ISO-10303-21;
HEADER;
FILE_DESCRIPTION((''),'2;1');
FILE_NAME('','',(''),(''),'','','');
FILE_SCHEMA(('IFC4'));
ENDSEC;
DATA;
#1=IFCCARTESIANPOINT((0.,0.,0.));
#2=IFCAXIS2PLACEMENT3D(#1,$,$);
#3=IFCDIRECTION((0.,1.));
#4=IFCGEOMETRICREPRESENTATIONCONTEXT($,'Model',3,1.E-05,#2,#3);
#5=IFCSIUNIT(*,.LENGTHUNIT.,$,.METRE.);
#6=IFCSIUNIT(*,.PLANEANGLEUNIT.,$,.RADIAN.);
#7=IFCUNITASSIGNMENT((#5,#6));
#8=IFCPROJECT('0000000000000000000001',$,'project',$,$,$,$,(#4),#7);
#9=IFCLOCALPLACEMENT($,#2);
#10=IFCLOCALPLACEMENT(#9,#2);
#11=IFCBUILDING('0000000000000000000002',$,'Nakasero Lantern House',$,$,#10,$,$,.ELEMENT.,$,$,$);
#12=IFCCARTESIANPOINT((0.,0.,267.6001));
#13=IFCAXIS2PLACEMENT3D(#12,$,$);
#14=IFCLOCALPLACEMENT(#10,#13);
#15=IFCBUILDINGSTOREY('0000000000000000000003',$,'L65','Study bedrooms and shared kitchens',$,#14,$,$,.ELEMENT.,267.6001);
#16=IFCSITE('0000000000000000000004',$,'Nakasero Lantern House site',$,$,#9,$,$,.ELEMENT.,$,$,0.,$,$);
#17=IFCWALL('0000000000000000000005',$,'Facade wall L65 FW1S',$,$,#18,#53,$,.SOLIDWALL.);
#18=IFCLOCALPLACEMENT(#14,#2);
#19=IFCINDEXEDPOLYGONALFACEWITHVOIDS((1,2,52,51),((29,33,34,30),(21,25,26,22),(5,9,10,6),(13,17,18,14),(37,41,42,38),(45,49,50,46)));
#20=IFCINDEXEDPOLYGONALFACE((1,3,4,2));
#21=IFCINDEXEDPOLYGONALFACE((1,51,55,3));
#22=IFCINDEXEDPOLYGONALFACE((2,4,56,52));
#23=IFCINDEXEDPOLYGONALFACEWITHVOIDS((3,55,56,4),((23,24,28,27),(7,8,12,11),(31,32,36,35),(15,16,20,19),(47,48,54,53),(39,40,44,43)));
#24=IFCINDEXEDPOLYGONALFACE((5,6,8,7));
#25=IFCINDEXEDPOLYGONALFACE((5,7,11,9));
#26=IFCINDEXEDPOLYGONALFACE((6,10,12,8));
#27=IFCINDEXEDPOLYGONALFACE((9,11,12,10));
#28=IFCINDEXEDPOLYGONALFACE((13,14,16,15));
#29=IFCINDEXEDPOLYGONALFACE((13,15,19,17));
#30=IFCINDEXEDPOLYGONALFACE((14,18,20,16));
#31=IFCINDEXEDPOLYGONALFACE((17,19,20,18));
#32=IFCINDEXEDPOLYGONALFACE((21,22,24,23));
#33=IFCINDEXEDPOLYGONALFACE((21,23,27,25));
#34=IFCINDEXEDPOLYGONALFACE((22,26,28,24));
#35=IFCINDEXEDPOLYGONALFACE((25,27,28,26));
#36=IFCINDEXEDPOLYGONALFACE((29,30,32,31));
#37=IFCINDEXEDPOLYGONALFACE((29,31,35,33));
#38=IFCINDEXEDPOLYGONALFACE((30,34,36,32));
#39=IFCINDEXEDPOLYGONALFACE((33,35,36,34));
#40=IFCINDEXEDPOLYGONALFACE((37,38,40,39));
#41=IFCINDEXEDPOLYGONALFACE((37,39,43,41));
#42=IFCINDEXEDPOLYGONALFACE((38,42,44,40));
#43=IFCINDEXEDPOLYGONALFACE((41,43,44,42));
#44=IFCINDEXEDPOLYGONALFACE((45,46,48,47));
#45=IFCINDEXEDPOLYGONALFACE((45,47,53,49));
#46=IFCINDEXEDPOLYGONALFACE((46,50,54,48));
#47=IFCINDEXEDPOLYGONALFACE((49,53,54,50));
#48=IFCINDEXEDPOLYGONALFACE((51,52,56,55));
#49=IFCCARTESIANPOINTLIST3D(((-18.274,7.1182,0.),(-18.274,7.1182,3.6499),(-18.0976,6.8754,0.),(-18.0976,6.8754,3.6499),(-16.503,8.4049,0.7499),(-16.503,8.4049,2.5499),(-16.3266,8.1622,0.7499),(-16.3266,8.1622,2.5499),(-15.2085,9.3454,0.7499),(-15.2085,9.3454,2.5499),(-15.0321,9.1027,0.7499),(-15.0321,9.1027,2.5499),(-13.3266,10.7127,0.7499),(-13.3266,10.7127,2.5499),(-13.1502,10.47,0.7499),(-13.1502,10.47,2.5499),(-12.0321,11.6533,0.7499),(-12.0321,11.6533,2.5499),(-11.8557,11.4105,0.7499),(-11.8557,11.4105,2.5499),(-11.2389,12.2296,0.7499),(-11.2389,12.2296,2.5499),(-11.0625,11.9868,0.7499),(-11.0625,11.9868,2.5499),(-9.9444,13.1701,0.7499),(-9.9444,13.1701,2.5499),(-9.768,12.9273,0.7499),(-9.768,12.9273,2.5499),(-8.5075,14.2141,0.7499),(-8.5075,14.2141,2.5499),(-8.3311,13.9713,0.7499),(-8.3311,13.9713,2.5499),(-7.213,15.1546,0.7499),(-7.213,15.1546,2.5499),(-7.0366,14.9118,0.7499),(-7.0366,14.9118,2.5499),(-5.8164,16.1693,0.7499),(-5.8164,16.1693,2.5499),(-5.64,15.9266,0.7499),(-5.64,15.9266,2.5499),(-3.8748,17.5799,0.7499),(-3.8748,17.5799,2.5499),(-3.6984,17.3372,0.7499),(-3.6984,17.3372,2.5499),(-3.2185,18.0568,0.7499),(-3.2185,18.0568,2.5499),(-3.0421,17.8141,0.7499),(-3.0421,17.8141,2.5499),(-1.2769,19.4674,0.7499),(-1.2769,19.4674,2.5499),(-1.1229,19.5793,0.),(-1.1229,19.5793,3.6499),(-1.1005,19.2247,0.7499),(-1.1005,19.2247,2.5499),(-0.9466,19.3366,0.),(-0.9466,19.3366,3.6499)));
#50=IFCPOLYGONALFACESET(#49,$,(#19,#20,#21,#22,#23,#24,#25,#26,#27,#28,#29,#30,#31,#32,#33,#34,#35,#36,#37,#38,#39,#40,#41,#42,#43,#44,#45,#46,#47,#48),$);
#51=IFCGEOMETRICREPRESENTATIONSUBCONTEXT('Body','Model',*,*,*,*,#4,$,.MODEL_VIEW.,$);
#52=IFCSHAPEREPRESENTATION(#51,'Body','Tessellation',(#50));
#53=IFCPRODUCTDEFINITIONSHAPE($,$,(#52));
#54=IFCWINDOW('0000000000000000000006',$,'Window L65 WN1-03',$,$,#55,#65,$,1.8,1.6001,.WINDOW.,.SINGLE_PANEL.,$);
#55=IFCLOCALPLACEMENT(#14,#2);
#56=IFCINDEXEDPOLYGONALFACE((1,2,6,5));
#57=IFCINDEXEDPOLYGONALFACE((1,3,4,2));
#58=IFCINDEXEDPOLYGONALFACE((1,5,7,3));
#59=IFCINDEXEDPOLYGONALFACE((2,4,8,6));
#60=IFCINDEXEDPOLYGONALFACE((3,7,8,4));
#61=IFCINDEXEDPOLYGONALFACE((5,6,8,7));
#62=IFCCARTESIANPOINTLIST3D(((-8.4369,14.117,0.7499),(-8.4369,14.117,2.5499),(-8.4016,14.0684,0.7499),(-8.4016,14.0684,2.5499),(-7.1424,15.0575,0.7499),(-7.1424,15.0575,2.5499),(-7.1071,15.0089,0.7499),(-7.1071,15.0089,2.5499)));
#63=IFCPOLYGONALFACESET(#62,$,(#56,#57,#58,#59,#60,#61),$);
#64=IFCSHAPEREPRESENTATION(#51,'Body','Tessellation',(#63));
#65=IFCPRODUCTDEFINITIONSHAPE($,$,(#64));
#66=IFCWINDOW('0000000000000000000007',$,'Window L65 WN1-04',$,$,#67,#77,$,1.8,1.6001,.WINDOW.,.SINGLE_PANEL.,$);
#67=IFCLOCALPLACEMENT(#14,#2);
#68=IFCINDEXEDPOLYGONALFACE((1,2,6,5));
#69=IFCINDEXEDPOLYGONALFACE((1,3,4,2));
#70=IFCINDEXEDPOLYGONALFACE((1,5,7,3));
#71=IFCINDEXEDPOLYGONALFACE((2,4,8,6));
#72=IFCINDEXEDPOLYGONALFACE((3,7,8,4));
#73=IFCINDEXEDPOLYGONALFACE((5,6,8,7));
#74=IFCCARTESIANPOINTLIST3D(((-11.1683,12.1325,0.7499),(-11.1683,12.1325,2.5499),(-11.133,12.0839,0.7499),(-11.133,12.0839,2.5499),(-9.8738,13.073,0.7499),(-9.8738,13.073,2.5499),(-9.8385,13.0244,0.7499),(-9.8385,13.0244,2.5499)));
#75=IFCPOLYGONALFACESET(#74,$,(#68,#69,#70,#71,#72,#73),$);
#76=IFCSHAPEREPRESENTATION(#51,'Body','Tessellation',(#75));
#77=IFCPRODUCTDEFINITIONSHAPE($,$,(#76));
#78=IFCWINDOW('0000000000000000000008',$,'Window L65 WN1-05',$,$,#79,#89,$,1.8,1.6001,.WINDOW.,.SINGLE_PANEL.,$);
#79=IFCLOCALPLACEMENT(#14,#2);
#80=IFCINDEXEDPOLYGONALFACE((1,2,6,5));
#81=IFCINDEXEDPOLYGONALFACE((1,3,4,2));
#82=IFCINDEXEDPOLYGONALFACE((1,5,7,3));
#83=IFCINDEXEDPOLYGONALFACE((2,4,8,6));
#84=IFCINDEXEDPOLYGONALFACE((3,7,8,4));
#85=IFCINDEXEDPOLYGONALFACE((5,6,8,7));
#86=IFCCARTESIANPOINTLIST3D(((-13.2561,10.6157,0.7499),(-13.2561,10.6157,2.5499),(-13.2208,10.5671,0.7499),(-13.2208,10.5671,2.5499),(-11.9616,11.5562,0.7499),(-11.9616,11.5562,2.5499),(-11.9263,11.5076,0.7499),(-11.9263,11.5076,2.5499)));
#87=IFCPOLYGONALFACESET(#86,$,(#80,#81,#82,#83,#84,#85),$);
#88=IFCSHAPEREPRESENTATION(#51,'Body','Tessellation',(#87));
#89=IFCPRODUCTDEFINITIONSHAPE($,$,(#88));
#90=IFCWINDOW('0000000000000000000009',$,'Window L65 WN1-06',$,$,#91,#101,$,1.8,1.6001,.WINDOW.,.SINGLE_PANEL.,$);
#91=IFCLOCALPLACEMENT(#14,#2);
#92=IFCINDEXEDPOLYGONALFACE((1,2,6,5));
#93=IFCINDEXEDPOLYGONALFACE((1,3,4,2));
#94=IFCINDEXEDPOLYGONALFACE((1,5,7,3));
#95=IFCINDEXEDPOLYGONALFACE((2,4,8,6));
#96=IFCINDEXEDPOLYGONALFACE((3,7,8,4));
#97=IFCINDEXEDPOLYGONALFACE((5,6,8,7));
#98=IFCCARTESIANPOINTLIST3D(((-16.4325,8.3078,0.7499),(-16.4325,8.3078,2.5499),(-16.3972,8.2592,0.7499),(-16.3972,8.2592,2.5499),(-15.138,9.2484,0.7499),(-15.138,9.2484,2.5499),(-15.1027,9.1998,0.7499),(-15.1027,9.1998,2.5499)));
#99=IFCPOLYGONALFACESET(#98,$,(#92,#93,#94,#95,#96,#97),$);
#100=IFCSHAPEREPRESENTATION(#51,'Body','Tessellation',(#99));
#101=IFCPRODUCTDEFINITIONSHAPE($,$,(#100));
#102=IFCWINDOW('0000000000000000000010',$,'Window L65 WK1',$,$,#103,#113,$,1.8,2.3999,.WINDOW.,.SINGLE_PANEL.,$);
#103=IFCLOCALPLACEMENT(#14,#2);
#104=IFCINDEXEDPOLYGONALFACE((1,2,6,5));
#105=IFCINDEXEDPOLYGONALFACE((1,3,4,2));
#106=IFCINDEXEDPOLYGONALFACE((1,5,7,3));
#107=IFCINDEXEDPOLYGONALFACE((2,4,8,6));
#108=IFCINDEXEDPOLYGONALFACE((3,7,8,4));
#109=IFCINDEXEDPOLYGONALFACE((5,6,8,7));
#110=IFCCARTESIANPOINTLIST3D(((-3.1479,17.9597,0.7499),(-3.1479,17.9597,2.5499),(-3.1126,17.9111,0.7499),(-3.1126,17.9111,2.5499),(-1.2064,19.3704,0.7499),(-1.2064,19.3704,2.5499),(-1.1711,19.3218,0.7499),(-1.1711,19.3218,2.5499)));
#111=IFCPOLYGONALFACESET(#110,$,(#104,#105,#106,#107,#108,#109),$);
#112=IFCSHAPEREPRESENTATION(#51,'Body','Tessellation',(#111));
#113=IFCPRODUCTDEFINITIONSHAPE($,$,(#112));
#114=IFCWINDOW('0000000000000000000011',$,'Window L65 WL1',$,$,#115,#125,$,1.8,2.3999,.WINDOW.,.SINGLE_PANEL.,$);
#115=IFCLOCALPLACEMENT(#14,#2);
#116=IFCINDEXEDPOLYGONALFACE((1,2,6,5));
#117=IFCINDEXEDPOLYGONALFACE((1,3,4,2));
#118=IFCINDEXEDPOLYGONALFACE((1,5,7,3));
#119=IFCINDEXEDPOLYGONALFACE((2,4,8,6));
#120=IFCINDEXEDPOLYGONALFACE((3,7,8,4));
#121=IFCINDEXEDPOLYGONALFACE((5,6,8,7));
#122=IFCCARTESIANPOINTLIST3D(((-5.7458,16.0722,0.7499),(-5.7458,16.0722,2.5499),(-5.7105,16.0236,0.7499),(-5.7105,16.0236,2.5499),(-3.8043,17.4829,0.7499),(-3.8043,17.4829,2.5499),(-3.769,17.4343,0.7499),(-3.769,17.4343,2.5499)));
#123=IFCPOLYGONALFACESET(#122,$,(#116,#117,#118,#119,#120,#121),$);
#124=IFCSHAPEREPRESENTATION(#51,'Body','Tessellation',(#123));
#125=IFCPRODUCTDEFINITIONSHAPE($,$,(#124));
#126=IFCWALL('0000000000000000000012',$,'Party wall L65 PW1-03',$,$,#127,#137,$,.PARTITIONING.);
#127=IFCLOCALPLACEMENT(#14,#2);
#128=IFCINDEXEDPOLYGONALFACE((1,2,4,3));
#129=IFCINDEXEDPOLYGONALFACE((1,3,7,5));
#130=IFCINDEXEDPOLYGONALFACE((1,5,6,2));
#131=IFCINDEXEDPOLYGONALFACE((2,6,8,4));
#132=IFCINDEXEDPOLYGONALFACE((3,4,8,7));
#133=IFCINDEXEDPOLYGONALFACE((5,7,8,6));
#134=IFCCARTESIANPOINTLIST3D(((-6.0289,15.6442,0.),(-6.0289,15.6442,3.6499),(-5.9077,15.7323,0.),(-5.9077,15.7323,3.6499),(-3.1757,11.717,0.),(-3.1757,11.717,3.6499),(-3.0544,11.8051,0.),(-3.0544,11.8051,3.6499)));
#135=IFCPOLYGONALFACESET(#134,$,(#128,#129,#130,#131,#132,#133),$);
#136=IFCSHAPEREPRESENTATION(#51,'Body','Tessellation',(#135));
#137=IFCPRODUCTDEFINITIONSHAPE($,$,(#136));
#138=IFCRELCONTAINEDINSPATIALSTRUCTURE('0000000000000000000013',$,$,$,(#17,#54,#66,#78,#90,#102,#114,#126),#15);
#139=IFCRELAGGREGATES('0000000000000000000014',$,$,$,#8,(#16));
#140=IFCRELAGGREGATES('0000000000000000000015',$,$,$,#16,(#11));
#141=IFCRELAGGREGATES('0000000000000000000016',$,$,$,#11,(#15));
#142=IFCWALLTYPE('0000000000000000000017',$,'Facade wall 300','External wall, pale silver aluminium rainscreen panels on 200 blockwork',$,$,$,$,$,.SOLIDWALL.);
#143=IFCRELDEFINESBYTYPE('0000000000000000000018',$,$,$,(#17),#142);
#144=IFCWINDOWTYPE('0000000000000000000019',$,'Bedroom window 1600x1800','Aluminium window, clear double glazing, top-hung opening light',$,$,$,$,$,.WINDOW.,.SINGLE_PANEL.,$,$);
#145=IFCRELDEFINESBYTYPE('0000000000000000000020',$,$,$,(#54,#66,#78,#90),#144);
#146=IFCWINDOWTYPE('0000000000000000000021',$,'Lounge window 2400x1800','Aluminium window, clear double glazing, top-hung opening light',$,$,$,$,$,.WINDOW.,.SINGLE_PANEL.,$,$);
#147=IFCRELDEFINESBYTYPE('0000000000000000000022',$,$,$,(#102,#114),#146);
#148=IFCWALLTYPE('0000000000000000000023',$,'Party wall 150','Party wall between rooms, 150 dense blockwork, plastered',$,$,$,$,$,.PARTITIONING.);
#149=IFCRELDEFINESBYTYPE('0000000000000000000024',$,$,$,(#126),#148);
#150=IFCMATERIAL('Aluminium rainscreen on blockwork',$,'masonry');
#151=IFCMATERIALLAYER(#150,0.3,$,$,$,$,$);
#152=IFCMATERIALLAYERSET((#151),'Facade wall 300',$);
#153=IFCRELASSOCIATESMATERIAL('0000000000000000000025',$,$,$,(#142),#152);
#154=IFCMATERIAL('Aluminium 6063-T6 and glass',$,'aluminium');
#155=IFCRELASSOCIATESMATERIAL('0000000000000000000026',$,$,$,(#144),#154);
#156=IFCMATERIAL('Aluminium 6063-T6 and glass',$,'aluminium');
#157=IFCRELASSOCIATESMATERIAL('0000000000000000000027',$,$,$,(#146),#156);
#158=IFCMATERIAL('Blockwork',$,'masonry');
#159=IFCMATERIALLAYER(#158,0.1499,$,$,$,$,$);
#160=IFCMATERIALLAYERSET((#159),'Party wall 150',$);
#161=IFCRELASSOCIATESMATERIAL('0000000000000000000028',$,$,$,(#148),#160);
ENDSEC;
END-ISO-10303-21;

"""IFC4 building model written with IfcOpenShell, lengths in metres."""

from ifc_helpers import new_model, si_unit, direction, frame, frame_2d, origin, place, context, subcontext, project, spatial, rectangle, extrude, material, layer, layer_set, type_object, element, fill, save


model = new_model("IFC4")

# Units and contexts
model_context = context("Model", 3, precision=1e-05, world=origin(), true_north=direction((0.0, 1.0)))
body_context = subcontext(model_context, "Body", "Model", "MODEL_VIEW")
ifc_project = project(units=[si_unit("LENGTHUNIT", "METRE"), si_unit("PLANEANGLEUNIT", "RADIAN")], contexts=[model_context])

# Site, building, storey
site_placement = place(None, origin())
site = spatial("IfcSite", under=ifc_project, at=site_placement, Name="Nakasero Lantern House site", CompositionType="ELEMENT", RefElevation=0.0)
building_placement = place(site_placement, origin())
building = spatial("IfcBuilding", under=site, at=building_placement, Name="Nakasero Lantern House", CompositionType="ELEMENT")
storey_placement = place(building_placement, frame((0.0, 0.0, 267.6001)))
storey = spatial("IfcBuildingStorey", under=building, at=storey_placement, Name="L65", Description="Study bedrooms and shared kitchens", CompositionType="ELEMENT", Elevation=267.6001)

# Wall, openings, windows
ifc_material_1 = material(Name="Aluminium rainscreen on blockwork", Category="masonry")
ifc_layer_1 = layer(ifc_material_1, 0.3)
ifc_layer_set_1 = layer_set([ifc_layer_1], Name="Facade wall 300")
wall_type_1 = type_object("IfcWallType", Name="Facade wall 300", Description="External wall, pale silver aluminium rainscreen panels on 200 blockwork", PredefinedType="SOLIDWALL", material=ifc_layer_set_1)
wall_1_placement = place(storey_placement, frame((-1.0347, 19.458, 0.0), z_axis=(0.0, 0.0, 1.0), x_axis=(-0.809013, -0.58779, 0.0)))
wall_1 = element("IfcWall", 1, at=wall_1_placement, inside=storey, type_object=wall_type_1, Name="Facade wall L65 FW1S", PredefinedType="SOLIDWALL", context=body_context, shape_type="SweptSolid", body=[
    extrude(rectangle(XDim=21.2, YDim=0.3, at=frame_2d((10.6001, 0.0))), origin(), (0.0, 0.0, 1.0), 3.6499),
])
opening_1_placement = place(wall_1_placement, frame((7.5278, 0.0, 0.75)))
opening_1 = element("IfcOpeningElement", 2, at=opening_1_placement, cuts=wall_1, PredefinedType="OPENING", context=body_context, shape_type="SweptSolid", body=[
    extrude(rectangle(XDim=1.6001, YDim=1.8, at=frame_2d((0.8, 0.8999))), frame((0.0, 0.1699, 0.0), z_axis=(0.0, -1.0, 0.0), x_axis=(1.0, 0.0, 0.0)), (0.0, 0.0, 1.0), 0.3401),
])
opening_2_placement = place(wall_1_placement, frame((10.9041, 0.0, 0.75)))
opening_2 = element("IfcOpeningElement", 3, at=opening_2_placement, cuts=wall_1, PredefinedType="OPENING", context=body_context, shape_type="SweptSolid", body=[
    extrude(rectangle(XDim=1.6001, YDim=1.8, at=frame_2d((0.8, 0.8999))), frame((0.0, 0.1699, 0.0), z_axis=(0.0, -1.0, 0.0), x_axis=(1.0, 0.0, 0.0)), (0.0, 0.0, 1.0), 0.3401),
])
opening_3_placement = place(wall_1_placement, frame((13.4846, 0.0, 0.75)))
opening_3 = element("IfcOpeningElement", 4, at=opening_3_placement, cuts=wall_1, PredefinedType="OPENING", context=body_context, shape_type="SweptSolid", body=[
    extrude(rectangle(XDim=1.6001, YDim=1.8, at=frame_2d((0.8, 0.8999))), frame((0.0, 0.1699, 0.0), z_axis=(0.0, -1.0, 0.0), x_axis=(1.0, 0.0, 0.0)), (0.0, 0.0, 1.0), 0.3401),
])
opening_4_placement = place(wall_1_placement, frame((17.4109, 0.0, 0.75)))
opening_4 = element("IfcOpeningElement", 5, at=opening_4_placement, cuts=wall_1, PredefinedType="OPENING", context=body_context, shape_type="SweptSolid", body=[
    extrude(rectangle(XDim=1.6001, YDim=1.8, at=frame_2d((0.8, 0.8999))), frame((0.0, 0.1699, 0.0), z_axis=(0.0, -1.0, 0.0), x_axis=(1.0, 0.0, 0.0)), (0.0, 0.0, 1.0), 0.3401),
])
opening_5_placement = place(wall_1_placement, frame((0.1904, 0.0, 0.75)))
opening_5 = element("IfcOpeningElement", 6, at=opening_5_placement, cuts=wall_1, PredefinedType="OPENING", context=body_context, shape_type="SweptSolid", body=[
    extrude(rectangle(XDim=2.3999, YDim=1.8, at=frame_2d((1.2, 0.8999))), frame((0.0, 0.1699, 0.0), z_axis=(0.0, -1.0, 0.0), x_axis=(1.0, 0.0, 0.0)), (0.0, 0.0, 1.0), 0.3401),
])
opening_6_placement = place(wall_1_placement, frame((3.4016, 0.0, 0.75)))
opening_6 = element("IfcOpeningElement", 7, at=opening_6_placement, cuts=wall_1, PredefinedType="OPENING", context=body_context, shape_type="SweptSolid", body=[
    extrude(rectangle(XDim=2.3999, YDim=1.8, at=frame_2d((1.2, 0.8999))), frame((0.0, 0.1699, 0.0), z_axis=(0.0, -1.0, 0.0), x_axis=(1.0, 0.0, 0.0)), (0.0, 0.0, 1.0), 0.3401),
])
ifc_material_2 = material(Name="Aluminium 6063-T6 and glass", Category="aluminium")
window_type_1 = type_object("IfcWindowType", Name="Bedroom window 1600x1800", Description="Aluminium window, clear double glazing, top-hung opening light", PartitioningType="SINGLE_PANEL", PredefinedType="WINDOW", material=ifc_material_2)
window_1_placement = place(opening_1_placement, origin())
window_1 = element("IfcWindow", 8, at=window_1_placement, inside=storey, type_object=window_type_1, Name="Window L65 WN1-03", OverallHeight=1.8, OverallWidth=1.6001, PartitioningType="SINGLE_PANEL", PredefinedType="WINDOW", context=body_context, shape_type="SweptSolid", body=[
    extrude(rectangle(XDim=1.6001, YDim=1.8, at=frame_2d((0.8, 0.8999))), frame((0.0, 0.03, 0.0), z_axis=(0.0, -1.0, 0.0), x_axis=(1.0, 0.0, 0.0)), (0.0, 0.0, 1.0), 0.0601),
])
fill(opening_1, window_1)
window_2_placement = place(opening_2_placement, origin())
window_2 = element("IfcWindow", 9, at=window_2_placement, inside=storey, type_object=window_type_1, Name="Window L65 WN1-04", OverallHeight=1.8, OverallWidth=1.6001, PartitioningType="SINGLE_PANEL", PredefinedType="WINDOW", context=body_context, shape_type="SweptSolid", body=[
    extrude(rectangle(XDim=1.6001, YDim=1.8, at=frame_2d((0.8, 0.8999))), frame((0.0, 0.03, 0.0), z_axis=(0.0, -1.0, 0.0), x_axis=(1.0, 0.0, 0.0)), (0.0, 0.0, 1.0), 0.0601),
])
fill(opening_2, window_2)
window_3_placement = place(opening_3_placement, origin())
window_3 = element("IfcWindow", 10, at=window_3_placement, inside=storey, type_object=window_type_1, Name="Window L65 WN1-05", OverallHeight=1.8, OverallWidth=1.6001, PartitioningType="SINGLE_PANEL", PredefinedType="WINDOW", context=body_context, shape_type="SweptSolid", body=[
    extrude(rectangle(XDim=1.6001, YDim=1.8, at=frame_2d((0.8, 0.8999))), frame((0.0, 0.03, 0.0), z_axis=(0.0, -1.0, 0.0), x_axis=(1.0, 0.0, 0.0)), (0.0, 0.0, 1.0), 0.0601),
])
fill(opening_3, window_3)
window_4_placement = place(opening_4_placement, origin())
window_4 = element("IfcWindow", 11, at=window_4_placement, inside=storey, type_object=window_type_1, Name="Window L65 WN1-06", OverallHeight=1.8, OverallWidth=1.6001, PartitioningType="SINGLE_PANEL", PredefinedType="WINDOW", context=body_context, shape_type="SweptSolid", body=[
    extrude(rectangle(XDim=1.6001, YDim=1.8, at=frame_2d((0.8, 0.8999))), frame((0.0, 0.03, 0.0), z_axis=(0.0, -1.0, 0.0), x_axis=(1.0, 0.0, 0.0)), (0.0, 0.0, 1.0), 0.0601),
])
fill(opening_4, window_4)
ifc_material_3 = material(Name="Aluminium 6063-T6 and glass", Category="aluminium")
window_type_2 = type_object("IfcWindowType", Name="Lounge window 2400x1800", Description="Aluminium window, clear double glazing, top-hung opening light", PartitioningType="SINGLE_PANEL", PredefinedType="WINDOW", material=ifc_material_3)
window_5_placement = place(opening_5_placement, origin())
window_5 = element("IfcWindow", 12, at=window_5_placement, inside=storey, type_object=window_type_2, Name="Window L65 WK1", OverallHeight=1.8, OverallWidth=2.3999, PartitioningType="SINGLE_PANEL", PredefinedType="WINDOW", context=body_context, shape_type="SweptSolid", body=[
    extrude(rectangle(XDim=2.3999, YDim=1.8, at=frame_2d((1.2, 0.8999))), frame((0.0, 0.03, 0.0), z_axis=(0.0, -1.0, 0.0), x_axis=(1.0, 0.0, 0.0)), (0.0, 0.0, 1.0), 0.0601),
])
fill(opening_5, window_5)
window_6_placement = place(opening_6_placement, origin())
window_6 = element("IfcWindow", 13, at=window_6_placement, inside=storey, type_object=window_type_2, Name="Window L65 WL1", OverallHeight=1.8, OverallWidth=2.3999, PartitioningType="SINGLE_PANEL", PredefinedType="WINDOW", context=body_context, shape_type="SweptSolid", body=[
    extrude(rectangle(XDim=2.3999, YDim=1.8, at=frame_2d((1.2, 0.8999))), frame((0.0, 0.03, 0.0), z_axis=(0.0, -1.0, 0.0), x_axis=(1.0, 0.0, 0.0)), (0.0, 0.0, 1.0), 0.0601),
])
fill(opening_6, window_6)

# Wall
ifc_material_4 = material(Name="Blockwork", Category="masonry")
ifc_layer_2 = layer(ifc_material_4, 0.1499)
ifc_layer_set_2 = layer_set([ifc_layer_2], Name="Party wall 150")
wall_type_2 = type_object("IfcWallType", Name="Party wall 150", Description="Party wall between rooms, 150 dense blockwork, plastered", PredefinedType="PARTITIONING", material=ifc_layer_set_2)
wall_2_placement = place(storey_placement, frame((-3.115, 11.761, 0.0), z_axis=(0.0, 0.0, 1.0), x_axis=(-0.58778, 0.809021, 0.0)))
element("IfcWall", 14, at=wall_2_placement, inside=storey, type_object=wall_type_2, Name="Party wall L65 PW1-03", PredefinedType="PARTITIONING", context=body_context, shape_type="SweptSolid", body=[
    extrude(rectangle(XDim=4.8542, YDim=0.1499, at=frame_2d((2.4272, 0.0))), origin(), (0.0, 0.0, 1.0), 3.6499),
])

save(model, "model.ifc")
